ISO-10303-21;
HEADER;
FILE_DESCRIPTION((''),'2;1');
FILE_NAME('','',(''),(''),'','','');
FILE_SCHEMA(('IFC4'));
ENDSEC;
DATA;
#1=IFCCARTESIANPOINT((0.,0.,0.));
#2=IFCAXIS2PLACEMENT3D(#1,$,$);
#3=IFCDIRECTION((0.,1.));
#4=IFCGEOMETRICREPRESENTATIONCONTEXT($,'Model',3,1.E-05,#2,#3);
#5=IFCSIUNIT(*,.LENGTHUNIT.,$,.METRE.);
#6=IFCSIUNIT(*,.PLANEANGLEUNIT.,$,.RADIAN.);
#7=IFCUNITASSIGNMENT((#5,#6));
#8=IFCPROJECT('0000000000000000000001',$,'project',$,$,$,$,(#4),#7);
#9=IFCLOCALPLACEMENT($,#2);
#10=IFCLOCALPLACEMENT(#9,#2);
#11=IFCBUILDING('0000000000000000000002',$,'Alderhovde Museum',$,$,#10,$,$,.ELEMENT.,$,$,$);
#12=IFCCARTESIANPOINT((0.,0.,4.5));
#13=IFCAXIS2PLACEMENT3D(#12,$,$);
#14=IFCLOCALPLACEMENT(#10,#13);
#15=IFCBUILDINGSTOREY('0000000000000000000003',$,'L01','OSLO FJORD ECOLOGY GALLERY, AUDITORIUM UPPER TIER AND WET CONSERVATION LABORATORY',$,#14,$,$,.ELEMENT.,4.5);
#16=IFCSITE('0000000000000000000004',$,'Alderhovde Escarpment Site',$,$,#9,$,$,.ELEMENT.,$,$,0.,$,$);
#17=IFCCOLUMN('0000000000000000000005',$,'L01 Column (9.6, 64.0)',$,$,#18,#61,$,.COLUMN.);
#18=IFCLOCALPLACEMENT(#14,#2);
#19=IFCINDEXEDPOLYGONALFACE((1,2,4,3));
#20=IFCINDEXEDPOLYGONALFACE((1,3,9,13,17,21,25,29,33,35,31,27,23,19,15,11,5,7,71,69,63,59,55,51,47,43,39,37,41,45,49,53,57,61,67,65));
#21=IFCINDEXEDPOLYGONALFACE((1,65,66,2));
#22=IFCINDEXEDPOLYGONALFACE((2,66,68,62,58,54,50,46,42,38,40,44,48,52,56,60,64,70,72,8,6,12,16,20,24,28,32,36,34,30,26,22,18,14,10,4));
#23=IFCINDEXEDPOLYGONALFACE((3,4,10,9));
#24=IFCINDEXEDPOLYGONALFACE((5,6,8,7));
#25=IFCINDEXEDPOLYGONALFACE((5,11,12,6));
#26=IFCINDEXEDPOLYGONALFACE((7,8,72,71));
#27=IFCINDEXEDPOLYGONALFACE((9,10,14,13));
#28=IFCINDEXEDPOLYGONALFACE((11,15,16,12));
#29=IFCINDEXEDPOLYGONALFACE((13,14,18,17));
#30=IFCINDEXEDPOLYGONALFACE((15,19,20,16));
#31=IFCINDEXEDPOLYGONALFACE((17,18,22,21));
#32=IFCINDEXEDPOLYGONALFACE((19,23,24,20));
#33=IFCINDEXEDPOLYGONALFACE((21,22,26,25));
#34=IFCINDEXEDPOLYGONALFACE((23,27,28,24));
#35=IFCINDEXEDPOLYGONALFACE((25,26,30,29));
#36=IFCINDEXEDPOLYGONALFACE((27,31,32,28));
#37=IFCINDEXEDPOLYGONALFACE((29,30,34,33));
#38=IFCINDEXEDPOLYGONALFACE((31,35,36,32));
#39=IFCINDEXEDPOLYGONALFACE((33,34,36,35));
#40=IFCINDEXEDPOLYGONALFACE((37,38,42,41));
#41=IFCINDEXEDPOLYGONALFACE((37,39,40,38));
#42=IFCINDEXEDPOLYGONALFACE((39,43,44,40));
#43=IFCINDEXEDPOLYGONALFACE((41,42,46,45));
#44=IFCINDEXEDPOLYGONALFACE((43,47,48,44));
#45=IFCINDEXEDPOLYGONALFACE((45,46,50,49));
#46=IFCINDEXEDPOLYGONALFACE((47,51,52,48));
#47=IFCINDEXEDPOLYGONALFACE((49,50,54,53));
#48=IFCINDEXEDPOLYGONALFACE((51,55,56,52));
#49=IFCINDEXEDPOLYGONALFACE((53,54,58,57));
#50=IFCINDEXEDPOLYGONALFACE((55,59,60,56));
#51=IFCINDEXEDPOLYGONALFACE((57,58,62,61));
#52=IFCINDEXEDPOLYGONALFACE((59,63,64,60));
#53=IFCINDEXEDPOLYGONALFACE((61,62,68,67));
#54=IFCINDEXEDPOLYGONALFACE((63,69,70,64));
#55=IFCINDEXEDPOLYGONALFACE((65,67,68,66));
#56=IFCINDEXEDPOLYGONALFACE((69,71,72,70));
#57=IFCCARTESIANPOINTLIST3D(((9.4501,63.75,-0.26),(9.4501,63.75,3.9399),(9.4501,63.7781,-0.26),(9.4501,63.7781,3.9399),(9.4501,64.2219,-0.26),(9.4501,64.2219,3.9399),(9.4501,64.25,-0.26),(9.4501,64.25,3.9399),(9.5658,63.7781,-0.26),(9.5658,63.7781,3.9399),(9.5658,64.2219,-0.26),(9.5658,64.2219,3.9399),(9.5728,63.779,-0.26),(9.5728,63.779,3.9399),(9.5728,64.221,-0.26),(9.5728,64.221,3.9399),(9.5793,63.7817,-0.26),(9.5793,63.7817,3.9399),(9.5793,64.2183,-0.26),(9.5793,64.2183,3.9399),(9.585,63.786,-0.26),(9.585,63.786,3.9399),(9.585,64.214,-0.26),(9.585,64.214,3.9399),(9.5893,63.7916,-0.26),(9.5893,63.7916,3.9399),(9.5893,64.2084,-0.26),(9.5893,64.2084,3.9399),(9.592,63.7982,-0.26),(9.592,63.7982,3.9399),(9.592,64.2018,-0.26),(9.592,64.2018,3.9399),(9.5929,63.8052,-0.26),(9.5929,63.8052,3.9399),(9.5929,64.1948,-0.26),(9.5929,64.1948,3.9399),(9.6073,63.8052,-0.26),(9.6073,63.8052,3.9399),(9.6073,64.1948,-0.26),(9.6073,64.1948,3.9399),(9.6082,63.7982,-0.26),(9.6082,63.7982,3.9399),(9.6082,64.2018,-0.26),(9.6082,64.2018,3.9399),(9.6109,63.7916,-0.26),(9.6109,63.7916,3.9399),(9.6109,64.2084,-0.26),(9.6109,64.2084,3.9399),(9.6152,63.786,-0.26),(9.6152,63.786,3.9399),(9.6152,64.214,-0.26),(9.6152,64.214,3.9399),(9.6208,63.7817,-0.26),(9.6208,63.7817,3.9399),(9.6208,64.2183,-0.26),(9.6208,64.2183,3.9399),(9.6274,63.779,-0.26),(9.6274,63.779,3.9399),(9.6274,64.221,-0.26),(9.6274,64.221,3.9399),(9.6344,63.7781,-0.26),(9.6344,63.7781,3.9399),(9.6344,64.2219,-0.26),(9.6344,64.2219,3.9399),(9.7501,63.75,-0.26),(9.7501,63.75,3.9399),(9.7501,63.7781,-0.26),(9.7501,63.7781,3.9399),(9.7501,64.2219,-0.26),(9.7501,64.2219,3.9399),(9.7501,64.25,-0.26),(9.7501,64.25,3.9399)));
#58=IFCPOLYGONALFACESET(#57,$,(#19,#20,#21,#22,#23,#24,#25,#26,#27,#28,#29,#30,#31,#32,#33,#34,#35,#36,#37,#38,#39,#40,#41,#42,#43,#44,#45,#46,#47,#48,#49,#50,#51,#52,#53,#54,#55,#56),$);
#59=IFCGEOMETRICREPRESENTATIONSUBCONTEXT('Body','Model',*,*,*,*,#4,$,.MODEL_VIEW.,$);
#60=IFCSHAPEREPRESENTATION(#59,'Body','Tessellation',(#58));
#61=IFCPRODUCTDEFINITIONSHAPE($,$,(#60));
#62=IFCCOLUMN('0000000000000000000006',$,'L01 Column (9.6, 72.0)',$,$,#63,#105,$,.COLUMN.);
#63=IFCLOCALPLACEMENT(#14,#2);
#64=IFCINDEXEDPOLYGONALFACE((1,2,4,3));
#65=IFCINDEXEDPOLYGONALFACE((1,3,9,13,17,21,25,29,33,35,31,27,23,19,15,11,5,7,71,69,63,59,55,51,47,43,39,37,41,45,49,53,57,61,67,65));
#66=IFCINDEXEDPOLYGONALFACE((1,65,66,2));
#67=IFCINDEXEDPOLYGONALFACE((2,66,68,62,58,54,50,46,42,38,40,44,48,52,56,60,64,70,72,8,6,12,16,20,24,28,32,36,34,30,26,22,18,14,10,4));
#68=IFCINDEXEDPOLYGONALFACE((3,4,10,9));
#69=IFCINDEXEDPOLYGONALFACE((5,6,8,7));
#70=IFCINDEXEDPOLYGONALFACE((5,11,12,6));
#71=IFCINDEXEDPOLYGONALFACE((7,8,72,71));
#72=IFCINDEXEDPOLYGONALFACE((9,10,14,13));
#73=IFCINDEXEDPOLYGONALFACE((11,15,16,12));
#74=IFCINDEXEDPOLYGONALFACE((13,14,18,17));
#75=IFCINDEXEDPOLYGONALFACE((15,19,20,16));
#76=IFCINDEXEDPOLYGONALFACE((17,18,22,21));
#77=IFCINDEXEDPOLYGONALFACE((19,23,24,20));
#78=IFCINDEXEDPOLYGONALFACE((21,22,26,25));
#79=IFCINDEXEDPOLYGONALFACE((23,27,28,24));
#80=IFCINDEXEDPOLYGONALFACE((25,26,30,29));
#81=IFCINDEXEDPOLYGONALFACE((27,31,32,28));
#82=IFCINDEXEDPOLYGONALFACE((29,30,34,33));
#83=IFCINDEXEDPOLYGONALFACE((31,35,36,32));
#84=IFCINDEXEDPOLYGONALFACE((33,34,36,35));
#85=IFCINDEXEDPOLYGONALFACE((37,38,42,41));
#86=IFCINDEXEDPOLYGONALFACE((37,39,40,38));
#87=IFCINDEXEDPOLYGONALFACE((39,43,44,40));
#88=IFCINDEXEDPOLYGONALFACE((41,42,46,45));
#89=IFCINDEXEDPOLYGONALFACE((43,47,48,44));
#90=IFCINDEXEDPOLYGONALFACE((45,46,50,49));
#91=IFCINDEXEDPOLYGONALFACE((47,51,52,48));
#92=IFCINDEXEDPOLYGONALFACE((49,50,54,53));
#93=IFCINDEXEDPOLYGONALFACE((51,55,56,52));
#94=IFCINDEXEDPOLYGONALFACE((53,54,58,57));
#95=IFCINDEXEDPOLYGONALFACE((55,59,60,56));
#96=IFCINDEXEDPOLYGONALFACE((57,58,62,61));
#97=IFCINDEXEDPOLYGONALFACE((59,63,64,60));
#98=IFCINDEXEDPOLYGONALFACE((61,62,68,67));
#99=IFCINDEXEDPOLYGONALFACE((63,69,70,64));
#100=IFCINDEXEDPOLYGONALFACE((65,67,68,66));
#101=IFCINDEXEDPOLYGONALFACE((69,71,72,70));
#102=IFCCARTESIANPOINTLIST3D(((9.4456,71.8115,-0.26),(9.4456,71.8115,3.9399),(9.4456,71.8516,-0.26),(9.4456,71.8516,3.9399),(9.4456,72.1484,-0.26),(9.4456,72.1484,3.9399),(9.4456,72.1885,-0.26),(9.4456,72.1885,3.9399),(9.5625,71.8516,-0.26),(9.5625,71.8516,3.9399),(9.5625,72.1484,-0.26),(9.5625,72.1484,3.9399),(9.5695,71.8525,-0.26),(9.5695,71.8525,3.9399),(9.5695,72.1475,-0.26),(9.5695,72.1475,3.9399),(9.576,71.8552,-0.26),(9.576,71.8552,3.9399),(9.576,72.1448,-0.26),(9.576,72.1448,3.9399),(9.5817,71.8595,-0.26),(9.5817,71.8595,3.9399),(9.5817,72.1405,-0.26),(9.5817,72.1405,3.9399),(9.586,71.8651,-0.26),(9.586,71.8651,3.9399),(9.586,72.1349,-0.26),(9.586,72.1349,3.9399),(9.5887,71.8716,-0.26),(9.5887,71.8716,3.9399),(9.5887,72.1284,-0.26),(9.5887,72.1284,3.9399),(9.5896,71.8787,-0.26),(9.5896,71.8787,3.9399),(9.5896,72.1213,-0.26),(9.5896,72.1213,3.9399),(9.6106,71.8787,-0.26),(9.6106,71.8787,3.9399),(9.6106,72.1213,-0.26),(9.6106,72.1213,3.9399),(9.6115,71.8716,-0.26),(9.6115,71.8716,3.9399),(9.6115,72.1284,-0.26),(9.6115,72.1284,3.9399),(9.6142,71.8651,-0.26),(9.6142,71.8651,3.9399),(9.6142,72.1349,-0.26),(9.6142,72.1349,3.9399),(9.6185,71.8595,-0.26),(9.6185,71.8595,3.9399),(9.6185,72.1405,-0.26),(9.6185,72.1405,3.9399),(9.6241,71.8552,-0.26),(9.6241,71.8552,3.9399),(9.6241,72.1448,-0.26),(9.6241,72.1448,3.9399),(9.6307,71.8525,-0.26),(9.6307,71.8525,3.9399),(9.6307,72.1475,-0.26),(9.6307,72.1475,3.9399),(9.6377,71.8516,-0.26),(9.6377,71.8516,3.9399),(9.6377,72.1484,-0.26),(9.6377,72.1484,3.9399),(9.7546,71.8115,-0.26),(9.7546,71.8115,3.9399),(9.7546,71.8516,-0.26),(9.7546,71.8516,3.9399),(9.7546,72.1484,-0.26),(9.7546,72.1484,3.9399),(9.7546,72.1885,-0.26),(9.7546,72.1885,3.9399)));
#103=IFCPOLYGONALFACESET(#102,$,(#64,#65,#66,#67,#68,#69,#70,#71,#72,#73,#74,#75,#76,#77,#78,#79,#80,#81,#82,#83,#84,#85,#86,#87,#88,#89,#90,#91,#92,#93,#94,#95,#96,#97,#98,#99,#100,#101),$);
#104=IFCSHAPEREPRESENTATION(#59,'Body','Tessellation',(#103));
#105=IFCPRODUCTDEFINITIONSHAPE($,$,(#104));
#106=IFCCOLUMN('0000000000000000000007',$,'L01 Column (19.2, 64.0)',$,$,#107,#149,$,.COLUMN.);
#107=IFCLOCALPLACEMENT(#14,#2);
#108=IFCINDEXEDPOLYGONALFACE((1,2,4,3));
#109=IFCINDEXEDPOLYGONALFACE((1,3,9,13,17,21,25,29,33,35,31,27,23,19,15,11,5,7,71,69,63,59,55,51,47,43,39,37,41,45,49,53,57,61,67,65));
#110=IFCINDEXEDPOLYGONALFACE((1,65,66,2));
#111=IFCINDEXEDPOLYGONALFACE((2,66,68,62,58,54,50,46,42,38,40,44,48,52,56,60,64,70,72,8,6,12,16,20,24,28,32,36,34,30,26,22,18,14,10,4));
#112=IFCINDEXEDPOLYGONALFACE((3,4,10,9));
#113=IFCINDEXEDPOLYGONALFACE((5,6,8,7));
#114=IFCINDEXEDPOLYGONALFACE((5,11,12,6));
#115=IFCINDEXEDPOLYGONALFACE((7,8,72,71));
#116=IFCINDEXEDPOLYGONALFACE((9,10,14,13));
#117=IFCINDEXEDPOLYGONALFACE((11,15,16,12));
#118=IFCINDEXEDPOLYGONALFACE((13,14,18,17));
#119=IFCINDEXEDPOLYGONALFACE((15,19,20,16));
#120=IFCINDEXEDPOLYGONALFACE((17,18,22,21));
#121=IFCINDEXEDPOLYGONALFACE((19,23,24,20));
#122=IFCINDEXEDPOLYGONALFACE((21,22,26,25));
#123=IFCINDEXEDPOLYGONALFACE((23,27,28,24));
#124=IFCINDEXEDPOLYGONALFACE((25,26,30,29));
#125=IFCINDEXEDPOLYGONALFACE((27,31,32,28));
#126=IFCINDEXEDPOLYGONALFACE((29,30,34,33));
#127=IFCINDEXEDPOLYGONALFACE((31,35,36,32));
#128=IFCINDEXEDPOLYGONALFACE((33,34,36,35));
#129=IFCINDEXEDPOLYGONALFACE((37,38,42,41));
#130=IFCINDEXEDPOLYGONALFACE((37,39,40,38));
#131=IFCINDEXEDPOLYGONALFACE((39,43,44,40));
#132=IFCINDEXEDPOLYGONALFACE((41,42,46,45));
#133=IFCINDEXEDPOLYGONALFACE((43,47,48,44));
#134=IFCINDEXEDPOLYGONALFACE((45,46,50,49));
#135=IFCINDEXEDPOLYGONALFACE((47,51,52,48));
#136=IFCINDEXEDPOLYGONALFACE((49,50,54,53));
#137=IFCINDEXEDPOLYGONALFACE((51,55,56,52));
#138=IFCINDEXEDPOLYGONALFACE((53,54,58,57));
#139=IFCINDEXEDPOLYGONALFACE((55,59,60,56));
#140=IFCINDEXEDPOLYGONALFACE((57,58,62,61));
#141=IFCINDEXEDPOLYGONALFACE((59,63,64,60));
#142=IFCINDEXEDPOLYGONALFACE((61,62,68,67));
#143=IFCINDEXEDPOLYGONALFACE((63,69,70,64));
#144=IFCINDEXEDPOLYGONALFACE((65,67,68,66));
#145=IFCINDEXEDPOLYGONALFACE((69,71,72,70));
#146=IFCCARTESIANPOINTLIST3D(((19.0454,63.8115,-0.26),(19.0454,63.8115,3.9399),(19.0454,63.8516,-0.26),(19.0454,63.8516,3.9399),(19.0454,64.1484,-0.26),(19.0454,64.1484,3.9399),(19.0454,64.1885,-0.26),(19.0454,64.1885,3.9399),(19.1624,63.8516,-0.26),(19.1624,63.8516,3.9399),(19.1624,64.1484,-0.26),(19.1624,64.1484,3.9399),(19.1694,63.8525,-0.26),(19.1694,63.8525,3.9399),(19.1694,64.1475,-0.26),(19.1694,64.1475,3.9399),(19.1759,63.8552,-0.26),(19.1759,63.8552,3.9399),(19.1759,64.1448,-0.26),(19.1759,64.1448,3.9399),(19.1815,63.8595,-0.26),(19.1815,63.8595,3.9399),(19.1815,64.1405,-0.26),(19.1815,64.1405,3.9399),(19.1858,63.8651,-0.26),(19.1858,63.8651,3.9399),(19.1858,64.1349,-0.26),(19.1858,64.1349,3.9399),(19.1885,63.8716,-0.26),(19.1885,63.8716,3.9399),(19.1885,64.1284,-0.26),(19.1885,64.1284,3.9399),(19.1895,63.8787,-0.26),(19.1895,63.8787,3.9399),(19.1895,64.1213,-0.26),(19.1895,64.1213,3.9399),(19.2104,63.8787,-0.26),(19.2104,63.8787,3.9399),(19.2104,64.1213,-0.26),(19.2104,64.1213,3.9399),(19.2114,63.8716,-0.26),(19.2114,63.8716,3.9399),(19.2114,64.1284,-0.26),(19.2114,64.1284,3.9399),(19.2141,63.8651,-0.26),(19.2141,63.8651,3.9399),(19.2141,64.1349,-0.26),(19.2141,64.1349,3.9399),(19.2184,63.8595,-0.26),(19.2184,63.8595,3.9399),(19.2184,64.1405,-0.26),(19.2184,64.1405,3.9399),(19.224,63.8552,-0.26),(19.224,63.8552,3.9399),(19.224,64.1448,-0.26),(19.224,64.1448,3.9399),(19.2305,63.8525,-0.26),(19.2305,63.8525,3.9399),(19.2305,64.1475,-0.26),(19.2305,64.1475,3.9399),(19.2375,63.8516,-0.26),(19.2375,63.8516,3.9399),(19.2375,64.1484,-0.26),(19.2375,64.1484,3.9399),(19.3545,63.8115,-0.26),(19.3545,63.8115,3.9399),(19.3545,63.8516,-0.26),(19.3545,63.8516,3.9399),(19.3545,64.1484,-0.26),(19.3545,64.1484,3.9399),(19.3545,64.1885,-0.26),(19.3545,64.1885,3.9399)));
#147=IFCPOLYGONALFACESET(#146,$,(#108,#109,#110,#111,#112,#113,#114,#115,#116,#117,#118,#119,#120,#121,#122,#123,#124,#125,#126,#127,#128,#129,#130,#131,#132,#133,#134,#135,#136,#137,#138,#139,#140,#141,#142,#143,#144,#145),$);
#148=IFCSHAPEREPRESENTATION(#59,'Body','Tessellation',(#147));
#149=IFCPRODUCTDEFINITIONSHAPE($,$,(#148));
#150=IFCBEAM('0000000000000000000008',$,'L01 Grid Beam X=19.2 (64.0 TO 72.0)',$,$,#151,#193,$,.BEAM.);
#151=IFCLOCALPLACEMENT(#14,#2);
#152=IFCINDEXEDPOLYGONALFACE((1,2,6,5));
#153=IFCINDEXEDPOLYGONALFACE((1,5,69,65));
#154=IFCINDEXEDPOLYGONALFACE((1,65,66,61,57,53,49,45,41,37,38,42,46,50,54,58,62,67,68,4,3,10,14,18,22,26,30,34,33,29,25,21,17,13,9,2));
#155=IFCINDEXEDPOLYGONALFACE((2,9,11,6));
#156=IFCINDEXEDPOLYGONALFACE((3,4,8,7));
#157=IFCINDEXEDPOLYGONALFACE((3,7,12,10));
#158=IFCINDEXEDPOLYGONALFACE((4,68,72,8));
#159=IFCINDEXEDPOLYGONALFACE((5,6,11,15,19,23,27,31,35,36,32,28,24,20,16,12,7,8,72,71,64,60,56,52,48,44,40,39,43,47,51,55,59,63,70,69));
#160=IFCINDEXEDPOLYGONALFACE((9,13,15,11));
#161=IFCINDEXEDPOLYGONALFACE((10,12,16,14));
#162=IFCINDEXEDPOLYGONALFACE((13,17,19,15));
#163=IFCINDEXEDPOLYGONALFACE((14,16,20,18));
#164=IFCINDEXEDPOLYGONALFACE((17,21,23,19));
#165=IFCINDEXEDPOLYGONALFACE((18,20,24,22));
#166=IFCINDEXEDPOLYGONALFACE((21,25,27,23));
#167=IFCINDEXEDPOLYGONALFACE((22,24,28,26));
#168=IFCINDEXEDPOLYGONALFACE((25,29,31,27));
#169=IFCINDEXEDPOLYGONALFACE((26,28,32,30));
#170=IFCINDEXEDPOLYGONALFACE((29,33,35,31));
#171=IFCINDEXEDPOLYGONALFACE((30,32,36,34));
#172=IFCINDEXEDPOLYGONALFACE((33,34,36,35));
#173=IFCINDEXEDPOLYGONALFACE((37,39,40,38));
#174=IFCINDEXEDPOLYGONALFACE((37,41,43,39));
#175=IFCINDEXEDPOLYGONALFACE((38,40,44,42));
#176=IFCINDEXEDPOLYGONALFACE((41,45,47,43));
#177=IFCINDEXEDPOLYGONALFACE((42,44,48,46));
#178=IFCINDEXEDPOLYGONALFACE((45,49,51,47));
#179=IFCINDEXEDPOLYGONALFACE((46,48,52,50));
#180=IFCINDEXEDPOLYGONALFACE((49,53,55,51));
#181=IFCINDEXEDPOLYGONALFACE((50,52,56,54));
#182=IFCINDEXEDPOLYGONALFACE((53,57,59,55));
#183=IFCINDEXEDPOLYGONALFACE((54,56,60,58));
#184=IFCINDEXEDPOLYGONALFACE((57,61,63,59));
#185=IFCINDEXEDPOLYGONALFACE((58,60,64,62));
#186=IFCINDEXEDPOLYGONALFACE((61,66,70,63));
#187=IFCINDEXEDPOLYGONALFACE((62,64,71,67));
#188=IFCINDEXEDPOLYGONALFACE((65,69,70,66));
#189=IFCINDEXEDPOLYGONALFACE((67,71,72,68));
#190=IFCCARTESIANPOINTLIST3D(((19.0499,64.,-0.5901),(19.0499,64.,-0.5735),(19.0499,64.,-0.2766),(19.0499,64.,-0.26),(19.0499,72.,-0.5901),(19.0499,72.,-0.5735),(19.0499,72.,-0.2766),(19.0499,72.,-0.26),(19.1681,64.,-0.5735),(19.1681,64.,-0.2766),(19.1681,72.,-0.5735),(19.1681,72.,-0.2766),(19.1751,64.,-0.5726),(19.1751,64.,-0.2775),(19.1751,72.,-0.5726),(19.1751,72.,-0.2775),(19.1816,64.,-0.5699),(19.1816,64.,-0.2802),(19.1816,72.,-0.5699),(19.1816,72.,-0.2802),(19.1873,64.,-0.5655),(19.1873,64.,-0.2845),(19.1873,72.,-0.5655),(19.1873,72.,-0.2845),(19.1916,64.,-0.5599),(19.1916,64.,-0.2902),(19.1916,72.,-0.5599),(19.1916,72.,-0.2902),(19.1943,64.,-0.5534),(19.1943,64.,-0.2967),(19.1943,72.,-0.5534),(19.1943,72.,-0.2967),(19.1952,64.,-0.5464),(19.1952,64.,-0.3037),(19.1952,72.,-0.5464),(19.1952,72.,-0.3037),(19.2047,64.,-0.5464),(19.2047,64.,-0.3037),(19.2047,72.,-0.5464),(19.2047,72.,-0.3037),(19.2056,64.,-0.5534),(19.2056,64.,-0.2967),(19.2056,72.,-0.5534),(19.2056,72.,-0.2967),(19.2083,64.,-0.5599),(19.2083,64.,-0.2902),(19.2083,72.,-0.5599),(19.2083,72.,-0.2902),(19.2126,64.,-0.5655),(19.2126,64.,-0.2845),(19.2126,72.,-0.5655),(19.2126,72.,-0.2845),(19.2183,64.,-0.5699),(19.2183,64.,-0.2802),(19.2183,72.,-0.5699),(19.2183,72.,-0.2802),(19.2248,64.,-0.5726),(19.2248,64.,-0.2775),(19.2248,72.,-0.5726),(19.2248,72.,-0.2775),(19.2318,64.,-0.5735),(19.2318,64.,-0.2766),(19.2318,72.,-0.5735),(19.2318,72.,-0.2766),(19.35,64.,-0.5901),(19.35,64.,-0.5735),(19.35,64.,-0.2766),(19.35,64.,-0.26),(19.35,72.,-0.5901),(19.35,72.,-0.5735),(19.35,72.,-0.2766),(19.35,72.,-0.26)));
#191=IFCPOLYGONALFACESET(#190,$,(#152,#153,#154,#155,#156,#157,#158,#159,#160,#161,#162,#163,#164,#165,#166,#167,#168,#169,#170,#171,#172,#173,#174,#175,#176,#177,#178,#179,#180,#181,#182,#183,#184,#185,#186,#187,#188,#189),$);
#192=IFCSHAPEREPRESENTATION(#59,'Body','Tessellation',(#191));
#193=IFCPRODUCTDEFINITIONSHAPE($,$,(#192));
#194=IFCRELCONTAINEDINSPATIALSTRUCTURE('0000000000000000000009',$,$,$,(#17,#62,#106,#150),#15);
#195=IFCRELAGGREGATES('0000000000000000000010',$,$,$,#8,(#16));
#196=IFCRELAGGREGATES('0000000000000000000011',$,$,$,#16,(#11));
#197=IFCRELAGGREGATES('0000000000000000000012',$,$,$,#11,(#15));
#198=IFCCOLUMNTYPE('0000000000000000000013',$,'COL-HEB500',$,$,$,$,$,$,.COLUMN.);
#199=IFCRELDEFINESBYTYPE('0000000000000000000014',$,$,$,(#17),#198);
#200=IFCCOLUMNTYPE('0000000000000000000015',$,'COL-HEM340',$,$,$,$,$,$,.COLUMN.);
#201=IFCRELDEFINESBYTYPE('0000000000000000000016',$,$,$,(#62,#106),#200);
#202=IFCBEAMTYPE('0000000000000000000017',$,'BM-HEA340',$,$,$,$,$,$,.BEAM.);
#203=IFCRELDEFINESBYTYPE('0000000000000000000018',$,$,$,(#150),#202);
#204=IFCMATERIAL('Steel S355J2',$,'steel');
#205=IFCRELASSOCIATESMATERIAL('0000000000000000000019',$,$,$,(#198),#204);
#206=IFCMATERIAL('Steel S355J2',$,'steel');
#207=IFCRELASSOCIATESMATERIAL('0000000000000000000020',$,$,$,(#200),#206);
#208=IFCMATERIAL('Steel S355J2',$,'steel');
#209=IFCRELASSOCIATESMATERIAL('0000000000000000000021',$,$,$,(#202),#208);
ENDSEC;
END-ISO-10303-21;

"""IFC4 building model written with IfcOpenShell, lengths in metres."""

from ifc_helpers import new_model, si_unit, direction, frame, origin, origin_2d, place, context, subcontext, project, spatial, i_section, extrude, material, material_profile, profile_set, type_object, element, save


model = new_model("IFC4")

# Units and contexts
model_context = context("Model", 3, precision=1e-05, world=origin(), true_north=direction((0.0, 1.0)))
body_context = subcontext(model_context, "Body", "Model", "MODEL_VIEW")
ifc_project = project(units=[si_unit("LENGTHUNIT", "METRE"), si_unit("PLANEANGLEUNIT", "RADIAN")], contexts=[model_context])

# Site, building, storey
site_placement = place(None, origin())
site = spatial("IfcSite", under=ifc_project, at=site_placement, Name="Alderhovde Escarpment Site", CompositionType="ELEMENT", RefElevation=0.0)
building_placement = place(site_placement, origin())
building = spatial("IfcBuilding", under=site, at=building_placement, Name="Alderhovde Museum", CompositionType="ELEMENT")
storey_placement = place(building_placement, frame((0.0, 0.0, 4.5)))
storey = spatial("IfcBuildingStorey", under=building, at=storey_placement, Name="L01", Description="OSLO FJORD ECOLOGY GALLERY, AUDITORIUM UPPER TIER AND WET CONSERVATION LABORATORY", CompositionType="ELEMENT", Elevation=4.5)

# Columns
ifc_material_1 = material(Name="Steel S355J2", Category="steel")
ifc_material_profile_1 = material_profile(ifc_material_1, i_section(OverallWidth=0.3, OverallDepth=0.5, WebThickness=0.0144, FlangeThickness=0.0281, FilletRadius=0.0271, at=origin_2d()), Name="HEB 500")
ifc_profile_set_1 = profile_set([ifc_material_profile_1], Name="Steel S355J2")
column_type_1 = type_object("IfcColumnType", Name="COL-HEB500", PredefinedType="COLUMN", material=ifc_profile_set_1)
column_placement = place(storey_placement, frame((9.6001, 64.0, -0.26), z_axis=(0.0, 0.0, 1.0), x_axis=(1.0, 0.0, 0.0)))
element("IfcColumn", 1, at=column_placement, inside=storey, type_object=column_type_1, Name="L01 Column (9.6, 64.0)", PredefinedType="COLUMN", context=body_context, shape_type="SweptSolid", body=[
    extrude(i_section(OverallWidth=0.3, OverallDepth=0.5, WebThickness=0.0144, FlangeThickness=0.0281, FilletRadius=0.0271, at=origin_2d()), origin(), (0.0, 0.0, 1.0), 4.2),
])
ifc_material_2 = material(Name="Steel S355J2", Category="steel")
ifc_material_profile_2 = material_profile(ifc_material_2, i_section(OverallWidth=0.3091, OverallDepth=0.377, WebThickness=0.021, FlangeThickness=0.04, FilletRadius=0.0271, at=origin_2d()), Name="HEM 340")
ifc_profile_set_2 = profile_set([ifc_material_profile_2], Name="Steel S355J2")
column_type_2 = type_object("IfcColumnType", Name="COL-HEM340", PredefinedType="COLUMN", material=ifc_profile_set_2)
for number, where, z_axis, x_axis, name in (
    (2, (9.6001, 72.0, -0.26), (0.0, 0.0, 1.0), (1.0, 0.0, 0.0), "L01 Column (9.6, 72.0)"),
    (3, (19.2, 64.0, -0.26), (0.0, 0.0, 1.0), (1.0, 0.0, 0.0), "L01 Column (19.2, 64.0)"),
):
    element("IfcColumn", number, at=place(storey_placement, frame(where, z_axis=z_axis, x_axis=x_axis)), inside=storey, type_object=column_type_2, Name=name, PredefinedType="COLUMN", context=body_context, shape_type="SweptSolid", body=[
        extrude(i_section(OverallWidth=0.3091, OverallDepth=0.377, WebThickness=0.021, FlangeThickness=0.04, FilletRadius=0.0271, at=origin_2d()), origin(), (0.0, 0.0, 1.0), 4.2),
    ])

# Beam
ifc_material_3 = material(Name="Steel S355J2", Category="steel")
ifc_material_profile_3 = material_profile(ifc_material_3, i_section(OverallWidth=0.3, OverallDepth=0.3301, WebThickness=0.0095, FlangeThickness=0.0166, FilletRadius=0.0271, at=origin_2d()), Name="HEA 340")
ifc_profile_set_3 = profile_set([ifc_material_profile_3], Name="Steel S355J2")
beam_type_1 = type_object("IfcBeamType", Name="BM-HEA340", PredefinedType="BEAM", material=ifc_profile_set_3)
beam_1_placement = place(storey_placement, frame((19.2, 64.0, -0.425), z_axis=(0.0, 1.0, 0.0), x_axis=(-1.0, 0.0, 0.0)))
element("IfcBeam", 4, at=beam_1_placement, inside=storey, type_object=beam_type_1, Name="L01 Grid Beam X=19.2 (64.0 TO 72.0)", PredefinedType="BEAM", context=body_context, shape_type="SweptSolid", body=[
    extrude(i_section(OverallWidth=0.3, OverallDepth=0.3301, WebThickness=0.0095, FlangeThickness=0.0166, FilletRadius=0.0271, at=origin_2d()), origin(), (0.0, 0.0, 1.0), 8.0),
])

save(model, "model.ifc")
